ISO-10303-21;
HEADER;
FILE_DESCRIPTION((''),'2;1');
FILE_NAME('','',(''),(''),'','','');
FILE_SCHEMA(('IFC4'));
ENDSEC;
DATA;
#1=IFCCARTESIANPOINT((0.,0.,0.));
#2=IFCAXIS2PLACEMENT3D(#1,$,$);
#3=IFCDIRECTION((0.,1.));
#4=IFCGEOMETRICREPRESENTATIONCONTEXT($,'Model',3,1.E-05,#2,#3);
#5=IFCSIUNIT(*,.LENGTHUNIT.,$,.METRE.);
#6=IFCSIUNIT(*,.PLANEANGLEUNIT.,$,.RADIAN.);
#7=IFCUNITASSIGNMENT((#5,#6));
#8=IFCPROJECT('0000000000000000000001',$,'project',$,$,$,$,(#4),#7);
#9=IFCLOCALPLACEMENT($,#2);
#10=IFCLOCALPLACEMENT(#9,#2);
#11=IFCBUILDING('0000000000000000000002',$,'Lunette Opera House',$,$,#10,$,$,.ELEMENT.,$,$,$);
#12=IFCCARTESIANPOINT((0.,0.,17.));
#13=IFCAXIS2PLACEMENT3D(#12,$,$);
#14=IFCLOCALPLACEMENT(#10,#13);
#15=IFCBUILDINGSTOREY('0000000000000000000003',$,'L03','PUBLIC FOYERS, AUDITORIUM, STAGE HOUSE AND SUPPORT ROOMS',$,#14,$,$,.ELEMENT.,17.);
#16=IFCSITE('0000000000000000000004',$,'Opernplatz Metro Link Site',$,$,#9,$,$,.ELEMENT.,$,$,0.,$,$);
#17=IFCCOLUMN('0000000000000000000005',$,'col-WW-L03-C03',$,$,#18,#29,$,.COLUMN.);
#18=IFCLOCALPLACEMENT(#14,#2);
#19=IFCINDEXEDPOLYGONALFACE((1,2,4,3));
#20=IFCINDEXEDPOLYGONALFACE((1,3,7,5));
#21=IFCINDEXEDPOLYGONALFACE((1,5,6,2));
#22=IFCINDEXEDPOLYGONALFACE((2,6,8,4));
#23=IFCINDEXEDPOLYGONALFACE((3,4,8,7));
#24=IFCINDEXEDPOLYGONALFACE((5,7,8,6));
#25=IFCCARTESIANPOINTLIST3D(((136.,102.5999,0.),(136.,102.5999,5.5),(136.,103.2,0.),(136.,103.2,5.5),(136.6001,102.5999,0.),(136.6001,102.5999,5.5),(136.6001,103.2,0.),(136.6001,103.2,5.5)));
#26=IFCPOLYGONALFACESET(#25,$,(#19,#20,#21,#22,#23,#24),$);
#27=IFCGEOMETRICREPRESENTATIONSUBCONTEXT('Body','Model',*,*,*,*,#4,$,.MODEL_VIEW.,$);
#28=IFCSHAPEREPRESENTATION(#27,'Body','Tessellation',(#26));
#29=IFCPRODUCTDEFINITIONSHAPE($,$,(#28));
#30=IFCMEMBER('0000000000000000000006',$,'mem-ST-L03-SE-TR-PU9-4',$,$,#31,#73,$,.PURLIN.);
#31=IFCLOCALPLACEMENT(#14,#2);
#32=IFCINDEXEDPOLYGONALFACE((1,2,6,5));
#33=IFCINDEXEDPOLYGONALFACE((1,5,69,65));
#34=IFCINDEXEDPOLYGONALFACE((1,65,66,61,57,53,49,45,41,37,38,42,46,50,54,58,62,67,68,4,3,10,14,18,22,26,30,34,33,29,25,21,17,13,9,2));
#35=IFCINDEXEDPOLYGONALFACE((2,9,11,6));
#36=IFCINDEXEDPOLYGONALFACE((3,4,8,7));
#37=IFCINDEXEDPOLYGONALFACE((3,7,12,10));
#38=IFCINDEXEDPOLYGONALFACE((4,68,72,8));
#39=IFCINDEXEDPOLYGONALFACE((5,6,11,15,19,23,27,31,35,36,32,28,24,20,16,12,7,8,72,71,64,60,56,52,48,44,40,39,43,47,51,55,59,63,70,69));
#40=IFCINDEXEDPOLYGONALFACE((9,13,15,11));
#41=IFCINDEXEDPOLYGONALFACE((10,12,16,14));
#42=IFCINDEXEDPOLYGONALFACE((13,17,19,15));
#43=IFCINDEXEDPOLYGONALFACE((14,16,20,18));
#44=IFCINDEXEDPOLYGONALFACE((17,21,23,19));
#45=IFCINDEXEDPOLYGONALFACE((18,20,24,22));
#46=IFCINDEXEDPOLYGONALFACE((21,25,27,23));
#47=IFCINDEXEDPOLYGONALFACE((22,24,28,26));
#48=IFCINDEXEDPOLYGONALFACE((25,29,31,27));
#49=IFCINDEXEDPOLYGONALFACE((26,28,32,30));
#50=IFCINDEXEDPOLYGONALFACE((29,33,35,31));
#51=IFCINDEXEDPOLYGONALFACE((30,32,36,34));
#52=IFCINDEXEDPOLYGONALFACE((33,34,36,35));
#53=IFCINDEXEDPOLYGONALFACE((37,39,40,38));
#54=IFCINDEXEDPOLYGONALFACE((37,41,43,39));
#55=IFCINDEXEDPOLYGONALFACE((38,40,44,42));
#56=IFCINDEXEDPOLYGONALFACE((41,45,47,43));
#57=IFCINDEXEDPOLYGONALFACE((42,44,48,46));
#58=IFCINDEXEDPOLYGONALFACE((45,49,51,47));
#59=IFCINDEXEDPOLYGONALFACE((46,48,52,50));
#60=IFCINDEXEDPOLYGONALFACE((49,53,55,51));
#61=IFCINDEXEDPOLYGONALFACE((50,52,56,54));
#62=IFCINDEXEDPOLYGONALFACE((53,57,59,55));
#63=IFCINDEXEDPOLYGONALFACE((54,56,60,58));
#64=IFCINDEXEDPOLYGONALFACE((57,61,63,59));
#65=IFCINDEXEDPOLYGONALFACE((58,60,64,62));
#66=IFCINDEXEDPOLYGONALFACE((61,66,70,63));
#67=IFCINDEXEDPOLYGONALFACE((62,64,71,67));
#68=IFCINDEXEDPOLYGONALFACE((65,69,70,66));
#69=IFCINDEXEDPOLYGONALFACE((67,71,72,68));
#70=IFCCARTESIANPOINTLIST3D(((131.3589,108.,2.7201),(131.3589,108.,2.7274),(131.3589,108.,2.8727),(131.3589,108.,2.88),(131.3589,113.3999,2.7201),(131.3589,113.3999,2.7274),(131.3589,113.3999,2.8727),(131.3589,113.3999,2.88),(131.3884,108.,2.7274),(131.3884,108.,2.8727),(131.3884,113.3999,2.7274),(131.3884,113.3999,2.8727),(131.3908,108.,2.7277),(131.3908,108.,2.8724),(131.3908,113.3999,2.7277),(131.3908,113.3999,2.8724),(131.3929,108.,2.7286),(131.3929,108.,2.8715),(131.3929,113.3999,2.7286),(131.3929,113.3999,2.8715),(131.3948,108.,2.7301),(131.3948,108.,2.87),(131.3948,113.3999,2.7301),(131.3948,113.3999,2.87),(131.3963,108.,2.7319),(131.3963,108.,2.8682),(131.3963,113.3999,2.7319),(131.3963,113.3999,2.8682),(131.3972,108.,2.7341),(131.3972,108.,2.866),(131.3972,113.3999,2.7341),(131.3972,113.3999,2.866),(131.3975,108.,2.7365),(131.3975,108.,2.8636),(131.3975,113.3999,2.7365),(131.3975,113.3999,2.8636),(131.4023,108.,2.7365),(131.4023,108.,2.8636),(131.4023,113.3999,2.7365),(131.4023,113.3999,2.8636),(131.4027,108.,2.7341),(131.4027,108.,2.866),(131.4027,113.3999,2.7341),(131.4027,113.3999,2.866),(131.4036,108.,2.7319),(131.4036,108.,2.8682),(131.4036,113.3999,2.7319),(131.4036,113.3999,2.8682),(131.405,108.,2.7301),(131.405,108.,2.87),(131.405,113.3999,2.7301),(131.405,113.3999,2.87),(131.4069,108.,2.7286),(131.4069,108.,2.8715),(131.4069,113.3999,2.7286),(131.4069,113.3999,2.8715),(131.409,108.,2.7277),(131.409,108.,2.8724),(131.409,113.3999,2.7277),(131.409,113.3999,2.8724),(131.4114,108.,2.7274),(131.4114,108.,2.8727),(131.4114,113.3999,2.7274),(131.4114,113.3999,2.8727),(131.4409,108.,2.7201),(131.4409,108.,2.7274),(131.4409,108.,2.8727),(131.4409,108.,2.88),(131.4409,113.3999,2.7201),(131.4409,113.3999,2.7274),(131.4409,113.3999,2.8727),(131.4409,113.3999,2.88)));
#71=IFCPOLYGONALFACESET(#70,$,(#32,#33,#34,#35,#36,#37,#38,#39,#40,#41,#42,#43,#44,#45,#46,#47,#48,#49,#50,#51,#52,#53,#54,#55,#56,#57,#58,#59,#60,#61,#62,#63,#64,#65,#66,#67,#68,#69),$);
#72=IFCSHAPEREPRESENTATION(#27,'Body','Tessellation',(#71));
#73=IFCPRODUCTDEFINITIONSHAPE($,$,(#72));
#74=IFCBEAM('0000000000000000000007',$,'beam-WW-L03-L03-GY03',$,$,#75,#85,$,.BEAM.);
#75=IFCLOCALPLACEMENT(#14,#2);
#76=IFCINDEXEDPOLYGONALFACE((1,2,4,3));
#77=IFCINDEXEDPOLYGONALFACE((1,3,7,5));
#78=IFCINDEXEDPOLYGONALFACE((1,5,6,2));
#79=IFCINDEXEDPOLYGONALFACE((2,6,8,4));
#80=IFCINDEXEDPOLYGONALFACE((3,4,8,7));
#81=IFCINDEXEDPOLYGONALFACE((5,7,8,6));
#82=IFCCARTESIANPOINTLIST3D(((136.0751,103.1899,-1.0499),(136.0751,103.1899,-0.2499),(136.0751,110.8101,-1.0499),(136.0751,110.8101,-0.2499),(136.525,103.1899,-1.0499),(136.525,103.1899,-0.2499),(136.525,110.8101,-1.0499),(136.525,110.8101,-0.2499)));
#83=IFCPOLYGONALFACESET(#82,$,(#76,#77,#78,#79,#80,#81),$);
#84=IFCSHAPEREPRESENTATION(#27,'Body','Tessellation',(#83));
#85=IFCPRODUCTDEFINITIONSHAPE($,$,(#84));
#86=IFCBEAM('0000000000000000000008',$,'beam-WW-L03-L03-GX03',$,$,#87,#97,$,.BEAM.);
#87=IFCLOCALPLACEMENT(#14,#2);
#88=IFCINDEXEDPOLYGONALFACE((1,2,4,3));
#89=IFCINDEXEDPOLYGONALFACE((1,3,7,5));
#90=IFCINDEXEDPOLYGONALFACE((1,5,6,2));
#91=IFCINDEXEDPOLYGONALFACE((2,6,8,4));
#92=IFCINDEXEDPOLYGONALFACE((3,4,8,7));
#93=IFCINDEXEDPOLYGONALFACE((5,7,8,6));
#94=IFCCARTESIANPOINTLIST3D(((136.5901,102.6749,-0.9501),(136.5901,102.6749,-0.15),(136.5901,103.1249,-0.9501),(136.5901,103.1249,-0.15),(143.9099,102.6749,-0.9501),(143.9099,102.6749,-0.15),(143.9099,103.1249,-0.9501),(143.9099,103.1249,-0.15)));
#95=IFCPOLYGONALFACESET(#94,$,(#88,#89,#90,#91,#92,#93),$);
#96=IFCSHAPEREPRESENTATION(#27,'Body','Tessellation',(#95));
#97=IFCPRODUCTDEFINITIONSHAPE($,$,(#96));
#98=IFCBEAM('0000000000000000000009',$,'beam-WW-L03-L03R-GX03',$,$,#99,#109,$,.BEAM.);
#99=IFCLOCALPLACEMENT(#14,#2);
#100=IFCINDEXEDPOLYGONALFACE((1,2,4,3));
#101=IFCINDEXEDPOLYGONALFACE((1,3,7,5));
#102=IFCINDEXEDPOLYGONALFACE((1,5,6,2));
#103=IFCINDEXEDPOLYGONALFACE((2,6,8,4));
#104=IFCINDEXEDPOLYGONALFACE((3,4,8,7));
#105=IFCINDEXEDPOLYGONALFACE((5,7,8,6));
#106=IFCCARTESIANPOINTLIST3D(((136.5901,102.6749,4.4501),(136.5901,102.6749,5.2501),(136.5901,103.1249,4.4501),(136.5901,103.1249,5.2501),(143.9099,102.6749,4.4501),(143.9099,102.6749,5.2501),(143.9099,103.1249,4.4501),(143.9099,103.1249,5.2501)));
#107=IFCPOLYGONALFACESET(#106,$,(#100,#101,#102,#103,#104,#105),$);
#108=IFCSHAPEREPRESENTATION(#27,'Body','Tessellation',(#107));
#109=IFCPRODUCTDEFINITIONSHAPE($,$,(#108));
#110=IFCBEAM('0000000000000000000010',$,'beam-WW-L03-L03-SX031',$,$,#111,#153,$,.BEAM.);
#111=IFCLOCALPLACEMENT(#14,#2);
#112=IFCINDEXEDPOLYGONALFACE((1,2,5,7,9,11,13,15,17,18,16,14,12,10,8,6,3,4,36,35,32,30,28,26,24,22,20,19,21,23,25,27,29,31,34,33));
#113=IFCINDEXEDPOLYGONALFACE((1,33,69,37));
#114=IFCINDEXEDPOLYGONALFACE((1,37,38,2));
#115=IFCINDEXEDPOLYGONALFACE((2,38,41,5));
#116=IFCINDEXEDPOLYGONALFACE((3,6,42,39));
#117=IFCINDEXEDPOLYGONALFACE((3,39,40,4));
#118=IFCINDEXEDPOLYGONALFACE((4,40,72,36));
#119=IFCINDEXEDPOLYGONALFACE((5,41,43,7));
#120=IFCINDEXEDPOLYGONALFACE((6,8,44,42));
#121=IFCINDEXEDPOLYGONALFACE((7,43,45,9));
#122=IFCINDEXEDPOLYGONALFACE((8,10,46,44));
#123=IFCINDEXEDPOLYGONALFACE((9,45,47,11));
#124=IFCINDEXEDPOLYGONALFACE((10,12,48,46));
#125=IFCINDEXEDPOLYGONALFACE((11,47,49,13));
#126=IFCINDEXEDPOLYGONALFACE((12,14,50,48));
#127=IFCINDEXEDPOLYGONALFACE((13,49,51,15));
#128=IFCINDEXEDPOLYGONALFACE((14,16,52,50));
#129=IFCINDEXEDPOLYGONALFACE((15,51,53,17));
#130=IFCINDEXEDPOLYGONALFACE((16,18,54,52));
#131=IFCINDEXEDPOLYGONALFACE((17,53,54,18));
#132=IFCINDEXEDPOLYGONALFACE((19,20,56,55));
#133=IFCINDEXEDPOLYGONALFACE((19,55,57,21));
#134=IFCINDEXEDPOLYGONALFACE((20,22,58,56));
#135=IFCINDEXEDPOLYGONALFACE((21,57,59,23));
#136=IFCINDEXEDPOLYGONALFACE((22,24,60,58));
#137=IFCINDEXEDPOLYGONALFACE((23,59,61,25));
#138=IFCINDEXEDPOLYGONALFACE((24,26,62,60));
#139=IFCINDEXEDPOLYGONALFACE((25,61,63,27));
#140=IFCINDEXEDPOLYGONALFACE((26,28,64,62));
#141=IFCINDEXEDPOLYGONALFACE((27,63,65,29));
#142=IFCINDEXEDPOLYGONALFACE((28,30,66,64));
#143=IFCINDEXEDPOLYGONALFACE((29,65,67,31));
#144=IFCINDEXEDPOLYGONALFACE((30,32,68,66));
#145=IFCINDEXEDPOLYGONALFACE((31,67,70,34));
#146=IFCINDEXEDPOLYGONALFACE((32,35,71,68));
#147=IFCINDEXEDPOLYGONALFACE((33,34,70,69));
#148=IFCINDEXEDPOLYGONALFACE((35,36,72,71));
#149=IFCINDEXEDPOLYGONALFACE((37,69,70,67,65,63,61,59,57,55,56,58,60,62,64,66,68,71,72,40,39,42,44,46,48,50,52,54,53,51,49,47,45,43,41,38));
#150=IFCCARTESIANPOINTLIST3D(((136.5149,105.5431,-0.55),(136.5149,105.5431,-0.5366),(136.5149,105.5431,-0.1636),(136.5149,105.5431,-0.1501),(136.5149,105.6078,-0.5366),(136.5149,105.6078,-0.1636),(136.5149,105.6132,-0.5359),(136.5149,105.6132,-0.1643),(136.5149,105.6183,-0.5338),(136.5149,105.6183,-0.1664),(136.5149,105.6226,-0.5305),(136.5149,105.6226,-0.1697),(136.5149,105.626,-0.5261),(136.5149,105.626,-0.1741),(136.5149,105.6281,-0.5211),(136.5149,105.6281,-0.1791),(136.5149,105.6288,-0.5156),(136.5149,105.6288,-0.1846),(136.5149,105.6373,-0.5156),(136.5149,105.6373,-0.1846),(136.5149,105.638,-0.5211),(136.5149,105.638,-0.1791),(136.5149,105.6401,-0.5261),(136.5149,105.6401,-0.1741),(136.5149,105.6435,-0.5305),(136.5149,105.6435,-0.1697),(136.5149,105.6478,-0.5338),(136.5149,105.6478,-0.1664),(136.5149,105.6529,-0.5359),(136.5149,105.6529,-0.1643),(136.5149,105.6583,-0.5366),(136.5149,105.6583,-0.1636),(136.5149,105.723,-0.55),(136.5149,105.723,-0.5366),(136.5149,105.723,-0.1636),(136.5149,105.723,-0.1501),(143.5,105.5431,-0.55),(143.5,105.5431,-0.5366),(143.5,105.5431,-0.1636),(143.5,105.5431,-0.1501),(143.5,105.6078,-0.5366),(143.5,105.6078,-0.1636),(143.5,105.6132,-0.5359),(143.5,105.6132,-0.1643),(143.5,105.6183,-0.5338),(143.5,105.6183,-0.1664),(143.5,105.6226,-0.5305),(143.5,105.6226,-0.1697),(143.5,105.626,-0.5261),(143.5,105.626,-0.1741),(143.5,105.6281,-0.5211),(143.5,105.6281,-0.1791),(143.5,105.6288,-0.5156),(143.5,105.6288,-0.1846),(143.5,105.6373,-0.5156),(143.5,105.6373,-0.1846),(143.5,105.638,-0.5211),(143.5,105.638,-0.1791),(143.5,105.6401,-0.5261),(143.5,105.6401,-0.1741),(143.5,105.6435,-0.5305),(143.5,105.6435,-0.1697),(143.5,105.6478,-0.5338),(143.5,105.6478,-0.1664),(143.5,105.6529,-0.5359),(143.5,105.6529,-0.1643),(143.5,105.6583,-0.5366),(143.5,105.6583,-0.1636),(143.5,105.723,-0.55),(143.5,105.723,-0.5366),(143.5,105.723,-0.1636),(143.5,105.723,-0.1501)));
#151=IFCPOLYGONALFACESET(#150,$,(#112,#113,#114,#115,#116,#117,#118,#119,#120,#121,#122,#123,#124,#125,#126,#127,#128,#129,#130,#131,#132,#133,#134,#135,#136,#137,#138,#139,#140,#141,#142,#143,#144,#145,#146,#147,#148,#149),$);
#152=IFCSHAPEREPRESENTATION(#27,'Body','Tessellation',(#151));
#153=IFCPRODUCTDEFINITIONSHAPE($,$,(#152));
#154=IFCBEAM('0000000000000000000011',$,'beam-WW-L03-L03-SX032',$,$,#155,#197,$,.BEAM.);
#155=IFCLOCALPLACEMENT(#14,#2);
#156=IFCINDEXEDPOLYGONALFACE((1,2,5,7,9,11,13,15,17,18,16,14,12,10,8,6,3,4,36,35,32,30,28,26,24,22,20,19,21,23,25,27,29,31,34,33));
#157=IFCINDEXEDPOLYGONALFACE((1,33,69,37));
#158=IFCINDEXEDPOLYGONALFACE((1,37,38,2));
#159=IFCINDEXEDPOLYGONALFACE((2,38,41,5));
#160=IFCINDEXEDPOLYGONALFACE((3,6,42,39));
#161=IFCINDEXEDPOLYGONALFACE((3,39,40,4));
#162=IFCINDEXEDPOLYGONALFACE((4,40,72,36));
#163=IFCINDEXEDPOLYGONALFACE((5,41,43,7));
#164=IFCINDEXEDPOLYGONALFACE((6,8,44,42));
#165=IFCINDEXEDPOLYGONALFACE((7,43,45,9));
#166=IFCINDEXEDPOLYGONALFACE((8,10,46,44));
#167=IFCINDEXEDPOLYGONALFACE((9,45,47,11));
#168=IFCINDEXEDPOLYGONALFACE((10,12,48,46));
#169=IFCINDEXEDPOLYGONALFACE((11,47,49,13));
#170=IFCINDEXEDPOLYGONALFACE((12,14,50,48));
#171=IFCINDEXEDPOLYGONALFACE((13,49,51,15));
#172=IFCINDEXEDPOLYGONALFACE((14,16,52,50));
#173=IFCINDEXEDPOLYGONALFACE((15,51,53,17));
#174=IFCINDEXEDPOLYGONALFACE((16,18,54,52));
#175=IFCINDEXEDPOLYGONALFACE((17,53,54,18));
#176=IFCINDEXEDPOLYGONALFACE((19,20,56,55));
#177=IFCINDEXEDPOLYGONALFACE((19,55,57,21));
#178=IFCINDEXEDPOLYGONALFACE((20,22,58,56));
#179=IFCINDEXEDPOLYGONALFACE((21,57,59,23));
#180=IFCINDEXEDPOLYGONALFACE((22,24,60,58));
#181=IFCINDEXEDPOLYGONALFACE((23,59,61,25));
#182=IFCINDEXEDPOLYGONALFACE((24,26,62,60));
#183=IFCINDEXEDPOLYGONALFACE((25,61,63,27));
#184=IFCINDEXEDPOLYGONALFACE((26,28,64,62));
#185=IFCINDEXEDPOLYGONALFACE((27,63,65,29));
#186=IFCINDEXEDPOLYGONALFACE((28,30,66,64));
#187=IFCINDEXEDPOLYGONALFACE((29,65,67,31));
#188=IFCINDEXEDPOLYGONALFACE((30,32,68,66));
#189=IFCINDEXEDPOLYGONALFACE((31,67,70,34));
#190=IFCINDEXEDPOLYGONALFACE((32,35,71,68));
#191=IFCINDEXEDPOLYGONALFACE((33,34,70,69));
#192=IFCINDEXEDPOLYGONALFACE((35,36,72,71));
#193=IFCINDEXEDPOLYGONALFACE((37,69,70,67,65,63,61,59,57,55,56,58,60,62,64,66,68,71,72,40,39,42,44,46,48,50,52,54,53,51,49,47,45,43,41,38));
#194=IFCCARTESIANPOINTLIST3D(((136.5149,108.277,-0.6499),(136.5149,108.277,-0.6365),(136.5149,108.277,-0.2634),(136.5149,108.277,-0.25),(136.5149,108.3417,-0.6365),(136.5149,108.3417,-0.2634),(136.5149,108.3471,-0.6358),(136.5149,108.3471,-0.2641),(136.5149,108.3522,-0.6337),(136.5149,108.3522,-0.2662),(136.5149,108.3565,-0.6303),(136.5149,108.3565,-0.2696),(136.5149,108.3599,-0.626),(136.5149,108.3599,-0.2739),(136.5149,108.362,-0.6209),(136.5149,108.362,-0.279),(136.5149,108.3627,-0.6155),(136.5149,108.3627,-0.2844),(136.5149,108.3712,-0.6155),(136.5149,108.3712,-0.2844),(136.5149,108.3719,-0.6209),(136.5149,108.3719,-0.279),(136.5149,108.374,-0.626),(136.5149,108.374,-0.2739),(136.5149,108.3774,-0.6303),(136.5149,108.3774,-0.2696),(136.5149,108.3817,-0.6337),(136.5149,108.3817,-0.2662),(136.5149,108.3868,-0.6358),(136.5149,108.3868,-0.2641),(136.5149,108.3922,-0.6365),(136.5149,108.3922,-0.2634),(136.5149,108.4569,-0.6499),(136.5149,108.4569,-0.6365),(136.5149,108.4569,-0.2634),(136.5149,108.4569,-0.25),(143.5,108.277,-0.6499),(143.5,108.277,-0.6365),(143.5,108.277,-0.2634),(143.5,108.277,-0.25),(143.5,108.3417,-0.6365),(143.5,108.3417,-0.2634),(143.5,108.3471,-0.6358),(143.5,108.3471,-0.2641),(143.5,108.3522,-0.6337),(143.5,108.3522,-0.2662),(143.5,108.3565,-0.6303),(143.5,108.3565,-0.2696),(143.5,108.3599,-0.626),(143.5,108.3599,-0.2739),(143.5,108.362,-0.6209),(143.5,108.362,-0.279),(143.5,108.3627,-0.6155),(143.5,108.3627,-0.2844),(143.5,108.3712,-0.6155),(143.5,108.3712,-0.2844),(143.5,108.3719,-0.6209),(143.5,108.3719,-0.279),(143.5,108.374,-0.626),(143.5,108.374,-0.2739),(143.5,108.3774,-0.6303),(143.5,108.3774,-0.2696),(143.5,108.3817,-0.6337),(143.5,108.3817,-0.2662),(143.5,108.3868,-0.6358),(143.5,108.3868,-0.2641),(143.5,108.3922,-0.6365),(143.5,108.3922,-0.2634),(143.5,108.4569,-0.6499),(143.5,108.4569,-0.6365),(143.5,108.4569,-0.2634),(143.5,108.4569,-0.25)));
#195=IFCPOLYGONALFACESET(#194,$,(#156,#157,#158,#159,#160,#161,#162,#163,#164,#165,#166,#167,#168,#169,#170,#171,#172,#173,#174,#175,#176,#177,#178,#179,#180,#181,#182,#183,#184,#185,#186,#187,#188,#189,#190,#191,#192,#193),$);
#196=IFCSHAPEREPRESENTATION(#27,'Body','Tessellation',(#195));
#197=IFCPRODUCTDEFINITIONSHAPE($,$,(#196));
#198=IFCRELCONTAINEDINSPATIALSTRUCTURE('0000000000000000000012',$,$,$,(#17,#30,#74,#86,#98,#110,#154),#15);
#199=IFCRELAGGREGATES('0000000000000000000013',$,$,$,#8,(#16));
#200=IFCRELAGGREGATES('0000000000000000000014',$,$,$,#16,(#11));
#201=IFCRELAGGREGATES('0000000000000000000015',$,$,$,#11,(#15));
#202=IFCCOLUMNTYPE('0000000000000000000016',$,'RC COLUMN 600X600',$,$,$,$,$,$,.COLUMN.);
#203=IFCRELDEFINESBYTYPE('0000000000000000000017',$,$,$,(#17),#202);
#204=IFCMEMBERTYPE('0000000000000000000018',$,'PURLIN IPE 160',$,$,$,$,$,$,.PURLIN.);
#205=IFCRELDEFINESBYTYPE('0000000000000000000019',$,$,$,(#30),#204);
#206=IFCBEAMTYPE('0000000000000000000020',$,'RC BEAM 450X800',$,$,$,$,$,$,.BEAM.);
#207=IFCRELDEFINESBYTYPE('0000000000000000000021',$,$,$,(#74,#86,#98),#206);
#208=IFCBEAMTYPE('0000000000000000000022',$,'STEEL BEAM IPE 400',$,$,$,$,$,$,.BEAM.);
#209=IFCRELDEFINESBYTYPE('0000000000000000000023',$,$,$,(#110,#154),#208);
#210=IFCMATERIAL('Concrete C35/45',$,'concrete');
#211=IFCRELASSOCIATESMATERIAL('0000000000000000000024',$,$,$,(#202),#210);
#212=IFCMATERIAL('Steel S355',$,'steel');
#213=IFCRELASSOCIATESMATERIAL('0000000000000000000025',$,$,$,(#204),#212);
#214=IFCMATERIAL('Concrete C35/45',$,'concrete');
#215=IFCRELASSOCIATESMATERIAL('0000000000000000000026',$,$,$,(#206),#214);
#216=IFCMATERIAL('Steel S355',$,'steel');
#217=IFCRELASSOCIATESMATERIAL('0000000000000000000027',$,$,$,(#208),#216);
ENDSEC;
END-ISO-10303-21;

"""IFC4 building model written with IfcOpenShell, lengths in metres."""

from ifc_helpers import new_model, si_unit, direction, frame, origin, origin_2d, place, context, subcontext, project, spatial, rectangle, i_section, extrude, material, material_profile, profile_set, type_object, element, save


model = new_model("IFC4")

# Units and contexts
model_context = context("Model", 3, precision=1e-05, world=origin(), true_north=direction((0.0, 1.0)))
body_context = subcontext(model_context, "Body", "Model", "MODEL_VIEW")
ifc_project = project(units=[si_unit("LENGTHUNIT", "METRE"), si_unit("PLANEANGLEUNIT", "RADIAN")], contexts=[model_context])

# Site, building, storey
site_placement = place(None, origin())
site = spatial("IfcSite", under=ifc_project, at=site_placement, Name="Opernplatz Metro Link Site", CompositionType="ELEMENT", RefElevation=0.0)
building_placement = place(site_placement, origin())
building = spatial("IfcBuilding", under=site, at=building_placement, Name="Lunette Opera House", CompositionType="ELEMENT")
storey_placement = place(building_placement, frame((0.0, 0.0, 17.0)))
storey = spatial("IfcBuildingStorey", under=building, at=storey_placement, Name="L03", Description="PUBLIC FOYERS, AUDITORIUM, STAGE HOUSE AND SUPPORT ROOMS", CompositionType="ELEMENT", Elevation=17.0)

# Column
ifc_material_1 = material(Name="Concrete C35/45", Category="concrete")
ifc_material_profile_1 = material_profile(ifc_material_1, rectangle(XDim=0.6001, YDim=0.6001, at=origin_2d()), Name="RC COLUMN 600X600")
ifc_profile_set_1 = profile_set([ifc_material_profile_1], Name="Concrete C35/45")
column_type = type_object("IfcColumnType", Name="RC COLUMN 600X600", PredefinedType="COLUMN", material=ifc_profile_set_1)
column_placement = place(storey_placement, frame((136.3, 102.8999, 0.0), z_axis=(0.0, 0.0, 1.0), x_axis=(1.0, 0.0, 0.0)))
element("IfcColumn", 1, at=column_placement, inside=storey, type_object=column_type, Name="col-WW-L03-C03", PredefinedType="COLUMN", context=body_context, shape_type="SweptSolid", body=[
    extrude(rectangle(XDim=0.6001, YDim=0.6001, at=origin_2d()), origin(), (0.0, 0.0, 1.0), 5.5),
])

# Member
ifc_material_2 = material(Name="Steel S355", Category="steel")
ifc_material_profile_2 = material_profile(ifc_material_2, i_section(OverallWidth=0.082, OverallDepth=0.1599, WebThickness=0.0049, FlangeThickness=0.0073, FilletRadius=0.009, at=origin_2d()), Name="IPE 160")
ifc_profile_set_2 = profile_set([ifc_material_profile_2], Name="Steel S355")
member_type_1 = type_object("IfcMemberType", Name="PURLIN IPE 160", PredefinedType="PURLIN", material=ifc_profile_set_2)
member_1_placement = place(storey_placement, frame((131.3999, 108.0, 2.8), z_axis=(0.0, 1.0, 0.0), x_axis=(-1.0, 0.0, 0.0)))
element("IfcMember", 2, at=member_1_placement, inside=storey, type_object=member_type_1, Name="mem-ST-L03-SE-TR-PU9-4", PredefinedType="PURLIN", context=body_context, shape_type="SweptSolid", body=[
    extrude(i_section(OverallWidth=0.082, OverallDepth=0.1599, WebThickness=0.0049, FlangeThickness=0.0073, FilletRadius=0.009, at=origin_2d()), origin(), (0.0, 0.0, 1.0), 5.3999),
])

# Beams
ifc_material_3 = material(Name="Concrete C35/45", Category="concrete")
ifc_material_profile_3 = material_profile(ifc_material_3, rectangle(XDim=0.45, YDim=0.8, at=origin_2d()), Name="RC BEAM 450X800")
ifc_profile_set_3 = profile_set([ifc_material_profile_3], Name="Concrete C35/45")
beam_type_1 = type_object("IfcBeamType", Name="RC BEAM 450X800", PredefinedType="BEAM", material=ifc_profile_set_3)
beam_placement = place(storey_placement, frame((136.3, 103.1899, -0.6499), z_axis=(0.0, 1.0, 0.0), x_axis=(-1.0, 0.0, 0.0)))
element("IfcBeam", 3, at=beam_placement, inside=storey, type_object=beam_type_1, Name="beam-WW-L03-L03-GY03", PredefinedType="BEAM", context=body_context, shape_type="SweptSolid", body=[
    extrude(rectangle(XDim=0.45, YDim=0.8, at=origin_2d()), origin(), (0.0, 0.0, 1.0), 7.6201),
])
for number, where, z_axis, x_axis, name in (
    (4, (136.5901, 102.8999, -0.55), (1.0, 0.0, 0.0), (0.0, 1.0, 0.0), "beam-WW-L03-L03-GX03"),
    (5, (136.5901, 102.8999, 4.8501), (1.0, 0.0, 0.0), (0.0, 1.0, 0.0), "beam-WW-L03-L03R-GX03"),
):
    element("IfcBeam", number, at=place(storey_placement, frame(where, z_axis=z_axis, x_axis=x_axis)), inside=storey, type_object=beam_type_1, Name=name, PredefinedType="BEAM", context=body_context, shape_type="SweptSolid", body=[
        extrude(rectangle(XDim=0.45, YDim=0.8, at=origin_2d()), origin(), (0.0, 0.0, 1.0), 7.3198),
    ])
ifc_material_4 = material(Name="Steel S355", Category="steel")
ifc_material_profile_4 = material_profile(ifc_material_4, i_section(OverallWidth=0.1799, OverallDepth=0.3999, WebThickness=0.0085, FlangeThickness=0.0134, FilletRadius=0.021, at=origin_2d()), Name="IPE 400")
ifc_profile_set_4 = profile_set([ifc_material_profile_4], Name="Steel S355")
beam_type_2 = type_object("IfcBeamType", Name="STEEL BEAM IPE 400", PredefinedType="BEAM", material=ifc_profile_set_4)
for number, where, z_axis, x_axis, name in (
    (6, (136.5149, 105.6331, -0.3501), (1.0, 0.0, 0.0), (0.0, 1.0, 0.0), "beam-WW-L03-L03-SX031"),
    (7, (136.5149, 108.3669, -0.45), (1.0, 0.0, 0.0), (0.0, 1.0, 0.0), "beam-WW-L03-L03-SX032"),
):
    element("IfcBeam", number, at=place(storey_placement, frame(where, z_axis=z_axis, x_axis=x_axis)), inside=storey, type_object=beam_type_2, Name=name, PredefinedType="BEAM", context=body_context, shape_type="SweptSolid", body=[
        extrude(i_section(OverallWidth=0.1799, OverallDepth=0.3999, WebThickness=0.0085, FlangeThickness=0.0134, FilletRadius=0.021, at=origin_2d()), origin(), (0.0, 0.0, 1.0), 6.9851),
    ])

save(model, "model.ifc")
